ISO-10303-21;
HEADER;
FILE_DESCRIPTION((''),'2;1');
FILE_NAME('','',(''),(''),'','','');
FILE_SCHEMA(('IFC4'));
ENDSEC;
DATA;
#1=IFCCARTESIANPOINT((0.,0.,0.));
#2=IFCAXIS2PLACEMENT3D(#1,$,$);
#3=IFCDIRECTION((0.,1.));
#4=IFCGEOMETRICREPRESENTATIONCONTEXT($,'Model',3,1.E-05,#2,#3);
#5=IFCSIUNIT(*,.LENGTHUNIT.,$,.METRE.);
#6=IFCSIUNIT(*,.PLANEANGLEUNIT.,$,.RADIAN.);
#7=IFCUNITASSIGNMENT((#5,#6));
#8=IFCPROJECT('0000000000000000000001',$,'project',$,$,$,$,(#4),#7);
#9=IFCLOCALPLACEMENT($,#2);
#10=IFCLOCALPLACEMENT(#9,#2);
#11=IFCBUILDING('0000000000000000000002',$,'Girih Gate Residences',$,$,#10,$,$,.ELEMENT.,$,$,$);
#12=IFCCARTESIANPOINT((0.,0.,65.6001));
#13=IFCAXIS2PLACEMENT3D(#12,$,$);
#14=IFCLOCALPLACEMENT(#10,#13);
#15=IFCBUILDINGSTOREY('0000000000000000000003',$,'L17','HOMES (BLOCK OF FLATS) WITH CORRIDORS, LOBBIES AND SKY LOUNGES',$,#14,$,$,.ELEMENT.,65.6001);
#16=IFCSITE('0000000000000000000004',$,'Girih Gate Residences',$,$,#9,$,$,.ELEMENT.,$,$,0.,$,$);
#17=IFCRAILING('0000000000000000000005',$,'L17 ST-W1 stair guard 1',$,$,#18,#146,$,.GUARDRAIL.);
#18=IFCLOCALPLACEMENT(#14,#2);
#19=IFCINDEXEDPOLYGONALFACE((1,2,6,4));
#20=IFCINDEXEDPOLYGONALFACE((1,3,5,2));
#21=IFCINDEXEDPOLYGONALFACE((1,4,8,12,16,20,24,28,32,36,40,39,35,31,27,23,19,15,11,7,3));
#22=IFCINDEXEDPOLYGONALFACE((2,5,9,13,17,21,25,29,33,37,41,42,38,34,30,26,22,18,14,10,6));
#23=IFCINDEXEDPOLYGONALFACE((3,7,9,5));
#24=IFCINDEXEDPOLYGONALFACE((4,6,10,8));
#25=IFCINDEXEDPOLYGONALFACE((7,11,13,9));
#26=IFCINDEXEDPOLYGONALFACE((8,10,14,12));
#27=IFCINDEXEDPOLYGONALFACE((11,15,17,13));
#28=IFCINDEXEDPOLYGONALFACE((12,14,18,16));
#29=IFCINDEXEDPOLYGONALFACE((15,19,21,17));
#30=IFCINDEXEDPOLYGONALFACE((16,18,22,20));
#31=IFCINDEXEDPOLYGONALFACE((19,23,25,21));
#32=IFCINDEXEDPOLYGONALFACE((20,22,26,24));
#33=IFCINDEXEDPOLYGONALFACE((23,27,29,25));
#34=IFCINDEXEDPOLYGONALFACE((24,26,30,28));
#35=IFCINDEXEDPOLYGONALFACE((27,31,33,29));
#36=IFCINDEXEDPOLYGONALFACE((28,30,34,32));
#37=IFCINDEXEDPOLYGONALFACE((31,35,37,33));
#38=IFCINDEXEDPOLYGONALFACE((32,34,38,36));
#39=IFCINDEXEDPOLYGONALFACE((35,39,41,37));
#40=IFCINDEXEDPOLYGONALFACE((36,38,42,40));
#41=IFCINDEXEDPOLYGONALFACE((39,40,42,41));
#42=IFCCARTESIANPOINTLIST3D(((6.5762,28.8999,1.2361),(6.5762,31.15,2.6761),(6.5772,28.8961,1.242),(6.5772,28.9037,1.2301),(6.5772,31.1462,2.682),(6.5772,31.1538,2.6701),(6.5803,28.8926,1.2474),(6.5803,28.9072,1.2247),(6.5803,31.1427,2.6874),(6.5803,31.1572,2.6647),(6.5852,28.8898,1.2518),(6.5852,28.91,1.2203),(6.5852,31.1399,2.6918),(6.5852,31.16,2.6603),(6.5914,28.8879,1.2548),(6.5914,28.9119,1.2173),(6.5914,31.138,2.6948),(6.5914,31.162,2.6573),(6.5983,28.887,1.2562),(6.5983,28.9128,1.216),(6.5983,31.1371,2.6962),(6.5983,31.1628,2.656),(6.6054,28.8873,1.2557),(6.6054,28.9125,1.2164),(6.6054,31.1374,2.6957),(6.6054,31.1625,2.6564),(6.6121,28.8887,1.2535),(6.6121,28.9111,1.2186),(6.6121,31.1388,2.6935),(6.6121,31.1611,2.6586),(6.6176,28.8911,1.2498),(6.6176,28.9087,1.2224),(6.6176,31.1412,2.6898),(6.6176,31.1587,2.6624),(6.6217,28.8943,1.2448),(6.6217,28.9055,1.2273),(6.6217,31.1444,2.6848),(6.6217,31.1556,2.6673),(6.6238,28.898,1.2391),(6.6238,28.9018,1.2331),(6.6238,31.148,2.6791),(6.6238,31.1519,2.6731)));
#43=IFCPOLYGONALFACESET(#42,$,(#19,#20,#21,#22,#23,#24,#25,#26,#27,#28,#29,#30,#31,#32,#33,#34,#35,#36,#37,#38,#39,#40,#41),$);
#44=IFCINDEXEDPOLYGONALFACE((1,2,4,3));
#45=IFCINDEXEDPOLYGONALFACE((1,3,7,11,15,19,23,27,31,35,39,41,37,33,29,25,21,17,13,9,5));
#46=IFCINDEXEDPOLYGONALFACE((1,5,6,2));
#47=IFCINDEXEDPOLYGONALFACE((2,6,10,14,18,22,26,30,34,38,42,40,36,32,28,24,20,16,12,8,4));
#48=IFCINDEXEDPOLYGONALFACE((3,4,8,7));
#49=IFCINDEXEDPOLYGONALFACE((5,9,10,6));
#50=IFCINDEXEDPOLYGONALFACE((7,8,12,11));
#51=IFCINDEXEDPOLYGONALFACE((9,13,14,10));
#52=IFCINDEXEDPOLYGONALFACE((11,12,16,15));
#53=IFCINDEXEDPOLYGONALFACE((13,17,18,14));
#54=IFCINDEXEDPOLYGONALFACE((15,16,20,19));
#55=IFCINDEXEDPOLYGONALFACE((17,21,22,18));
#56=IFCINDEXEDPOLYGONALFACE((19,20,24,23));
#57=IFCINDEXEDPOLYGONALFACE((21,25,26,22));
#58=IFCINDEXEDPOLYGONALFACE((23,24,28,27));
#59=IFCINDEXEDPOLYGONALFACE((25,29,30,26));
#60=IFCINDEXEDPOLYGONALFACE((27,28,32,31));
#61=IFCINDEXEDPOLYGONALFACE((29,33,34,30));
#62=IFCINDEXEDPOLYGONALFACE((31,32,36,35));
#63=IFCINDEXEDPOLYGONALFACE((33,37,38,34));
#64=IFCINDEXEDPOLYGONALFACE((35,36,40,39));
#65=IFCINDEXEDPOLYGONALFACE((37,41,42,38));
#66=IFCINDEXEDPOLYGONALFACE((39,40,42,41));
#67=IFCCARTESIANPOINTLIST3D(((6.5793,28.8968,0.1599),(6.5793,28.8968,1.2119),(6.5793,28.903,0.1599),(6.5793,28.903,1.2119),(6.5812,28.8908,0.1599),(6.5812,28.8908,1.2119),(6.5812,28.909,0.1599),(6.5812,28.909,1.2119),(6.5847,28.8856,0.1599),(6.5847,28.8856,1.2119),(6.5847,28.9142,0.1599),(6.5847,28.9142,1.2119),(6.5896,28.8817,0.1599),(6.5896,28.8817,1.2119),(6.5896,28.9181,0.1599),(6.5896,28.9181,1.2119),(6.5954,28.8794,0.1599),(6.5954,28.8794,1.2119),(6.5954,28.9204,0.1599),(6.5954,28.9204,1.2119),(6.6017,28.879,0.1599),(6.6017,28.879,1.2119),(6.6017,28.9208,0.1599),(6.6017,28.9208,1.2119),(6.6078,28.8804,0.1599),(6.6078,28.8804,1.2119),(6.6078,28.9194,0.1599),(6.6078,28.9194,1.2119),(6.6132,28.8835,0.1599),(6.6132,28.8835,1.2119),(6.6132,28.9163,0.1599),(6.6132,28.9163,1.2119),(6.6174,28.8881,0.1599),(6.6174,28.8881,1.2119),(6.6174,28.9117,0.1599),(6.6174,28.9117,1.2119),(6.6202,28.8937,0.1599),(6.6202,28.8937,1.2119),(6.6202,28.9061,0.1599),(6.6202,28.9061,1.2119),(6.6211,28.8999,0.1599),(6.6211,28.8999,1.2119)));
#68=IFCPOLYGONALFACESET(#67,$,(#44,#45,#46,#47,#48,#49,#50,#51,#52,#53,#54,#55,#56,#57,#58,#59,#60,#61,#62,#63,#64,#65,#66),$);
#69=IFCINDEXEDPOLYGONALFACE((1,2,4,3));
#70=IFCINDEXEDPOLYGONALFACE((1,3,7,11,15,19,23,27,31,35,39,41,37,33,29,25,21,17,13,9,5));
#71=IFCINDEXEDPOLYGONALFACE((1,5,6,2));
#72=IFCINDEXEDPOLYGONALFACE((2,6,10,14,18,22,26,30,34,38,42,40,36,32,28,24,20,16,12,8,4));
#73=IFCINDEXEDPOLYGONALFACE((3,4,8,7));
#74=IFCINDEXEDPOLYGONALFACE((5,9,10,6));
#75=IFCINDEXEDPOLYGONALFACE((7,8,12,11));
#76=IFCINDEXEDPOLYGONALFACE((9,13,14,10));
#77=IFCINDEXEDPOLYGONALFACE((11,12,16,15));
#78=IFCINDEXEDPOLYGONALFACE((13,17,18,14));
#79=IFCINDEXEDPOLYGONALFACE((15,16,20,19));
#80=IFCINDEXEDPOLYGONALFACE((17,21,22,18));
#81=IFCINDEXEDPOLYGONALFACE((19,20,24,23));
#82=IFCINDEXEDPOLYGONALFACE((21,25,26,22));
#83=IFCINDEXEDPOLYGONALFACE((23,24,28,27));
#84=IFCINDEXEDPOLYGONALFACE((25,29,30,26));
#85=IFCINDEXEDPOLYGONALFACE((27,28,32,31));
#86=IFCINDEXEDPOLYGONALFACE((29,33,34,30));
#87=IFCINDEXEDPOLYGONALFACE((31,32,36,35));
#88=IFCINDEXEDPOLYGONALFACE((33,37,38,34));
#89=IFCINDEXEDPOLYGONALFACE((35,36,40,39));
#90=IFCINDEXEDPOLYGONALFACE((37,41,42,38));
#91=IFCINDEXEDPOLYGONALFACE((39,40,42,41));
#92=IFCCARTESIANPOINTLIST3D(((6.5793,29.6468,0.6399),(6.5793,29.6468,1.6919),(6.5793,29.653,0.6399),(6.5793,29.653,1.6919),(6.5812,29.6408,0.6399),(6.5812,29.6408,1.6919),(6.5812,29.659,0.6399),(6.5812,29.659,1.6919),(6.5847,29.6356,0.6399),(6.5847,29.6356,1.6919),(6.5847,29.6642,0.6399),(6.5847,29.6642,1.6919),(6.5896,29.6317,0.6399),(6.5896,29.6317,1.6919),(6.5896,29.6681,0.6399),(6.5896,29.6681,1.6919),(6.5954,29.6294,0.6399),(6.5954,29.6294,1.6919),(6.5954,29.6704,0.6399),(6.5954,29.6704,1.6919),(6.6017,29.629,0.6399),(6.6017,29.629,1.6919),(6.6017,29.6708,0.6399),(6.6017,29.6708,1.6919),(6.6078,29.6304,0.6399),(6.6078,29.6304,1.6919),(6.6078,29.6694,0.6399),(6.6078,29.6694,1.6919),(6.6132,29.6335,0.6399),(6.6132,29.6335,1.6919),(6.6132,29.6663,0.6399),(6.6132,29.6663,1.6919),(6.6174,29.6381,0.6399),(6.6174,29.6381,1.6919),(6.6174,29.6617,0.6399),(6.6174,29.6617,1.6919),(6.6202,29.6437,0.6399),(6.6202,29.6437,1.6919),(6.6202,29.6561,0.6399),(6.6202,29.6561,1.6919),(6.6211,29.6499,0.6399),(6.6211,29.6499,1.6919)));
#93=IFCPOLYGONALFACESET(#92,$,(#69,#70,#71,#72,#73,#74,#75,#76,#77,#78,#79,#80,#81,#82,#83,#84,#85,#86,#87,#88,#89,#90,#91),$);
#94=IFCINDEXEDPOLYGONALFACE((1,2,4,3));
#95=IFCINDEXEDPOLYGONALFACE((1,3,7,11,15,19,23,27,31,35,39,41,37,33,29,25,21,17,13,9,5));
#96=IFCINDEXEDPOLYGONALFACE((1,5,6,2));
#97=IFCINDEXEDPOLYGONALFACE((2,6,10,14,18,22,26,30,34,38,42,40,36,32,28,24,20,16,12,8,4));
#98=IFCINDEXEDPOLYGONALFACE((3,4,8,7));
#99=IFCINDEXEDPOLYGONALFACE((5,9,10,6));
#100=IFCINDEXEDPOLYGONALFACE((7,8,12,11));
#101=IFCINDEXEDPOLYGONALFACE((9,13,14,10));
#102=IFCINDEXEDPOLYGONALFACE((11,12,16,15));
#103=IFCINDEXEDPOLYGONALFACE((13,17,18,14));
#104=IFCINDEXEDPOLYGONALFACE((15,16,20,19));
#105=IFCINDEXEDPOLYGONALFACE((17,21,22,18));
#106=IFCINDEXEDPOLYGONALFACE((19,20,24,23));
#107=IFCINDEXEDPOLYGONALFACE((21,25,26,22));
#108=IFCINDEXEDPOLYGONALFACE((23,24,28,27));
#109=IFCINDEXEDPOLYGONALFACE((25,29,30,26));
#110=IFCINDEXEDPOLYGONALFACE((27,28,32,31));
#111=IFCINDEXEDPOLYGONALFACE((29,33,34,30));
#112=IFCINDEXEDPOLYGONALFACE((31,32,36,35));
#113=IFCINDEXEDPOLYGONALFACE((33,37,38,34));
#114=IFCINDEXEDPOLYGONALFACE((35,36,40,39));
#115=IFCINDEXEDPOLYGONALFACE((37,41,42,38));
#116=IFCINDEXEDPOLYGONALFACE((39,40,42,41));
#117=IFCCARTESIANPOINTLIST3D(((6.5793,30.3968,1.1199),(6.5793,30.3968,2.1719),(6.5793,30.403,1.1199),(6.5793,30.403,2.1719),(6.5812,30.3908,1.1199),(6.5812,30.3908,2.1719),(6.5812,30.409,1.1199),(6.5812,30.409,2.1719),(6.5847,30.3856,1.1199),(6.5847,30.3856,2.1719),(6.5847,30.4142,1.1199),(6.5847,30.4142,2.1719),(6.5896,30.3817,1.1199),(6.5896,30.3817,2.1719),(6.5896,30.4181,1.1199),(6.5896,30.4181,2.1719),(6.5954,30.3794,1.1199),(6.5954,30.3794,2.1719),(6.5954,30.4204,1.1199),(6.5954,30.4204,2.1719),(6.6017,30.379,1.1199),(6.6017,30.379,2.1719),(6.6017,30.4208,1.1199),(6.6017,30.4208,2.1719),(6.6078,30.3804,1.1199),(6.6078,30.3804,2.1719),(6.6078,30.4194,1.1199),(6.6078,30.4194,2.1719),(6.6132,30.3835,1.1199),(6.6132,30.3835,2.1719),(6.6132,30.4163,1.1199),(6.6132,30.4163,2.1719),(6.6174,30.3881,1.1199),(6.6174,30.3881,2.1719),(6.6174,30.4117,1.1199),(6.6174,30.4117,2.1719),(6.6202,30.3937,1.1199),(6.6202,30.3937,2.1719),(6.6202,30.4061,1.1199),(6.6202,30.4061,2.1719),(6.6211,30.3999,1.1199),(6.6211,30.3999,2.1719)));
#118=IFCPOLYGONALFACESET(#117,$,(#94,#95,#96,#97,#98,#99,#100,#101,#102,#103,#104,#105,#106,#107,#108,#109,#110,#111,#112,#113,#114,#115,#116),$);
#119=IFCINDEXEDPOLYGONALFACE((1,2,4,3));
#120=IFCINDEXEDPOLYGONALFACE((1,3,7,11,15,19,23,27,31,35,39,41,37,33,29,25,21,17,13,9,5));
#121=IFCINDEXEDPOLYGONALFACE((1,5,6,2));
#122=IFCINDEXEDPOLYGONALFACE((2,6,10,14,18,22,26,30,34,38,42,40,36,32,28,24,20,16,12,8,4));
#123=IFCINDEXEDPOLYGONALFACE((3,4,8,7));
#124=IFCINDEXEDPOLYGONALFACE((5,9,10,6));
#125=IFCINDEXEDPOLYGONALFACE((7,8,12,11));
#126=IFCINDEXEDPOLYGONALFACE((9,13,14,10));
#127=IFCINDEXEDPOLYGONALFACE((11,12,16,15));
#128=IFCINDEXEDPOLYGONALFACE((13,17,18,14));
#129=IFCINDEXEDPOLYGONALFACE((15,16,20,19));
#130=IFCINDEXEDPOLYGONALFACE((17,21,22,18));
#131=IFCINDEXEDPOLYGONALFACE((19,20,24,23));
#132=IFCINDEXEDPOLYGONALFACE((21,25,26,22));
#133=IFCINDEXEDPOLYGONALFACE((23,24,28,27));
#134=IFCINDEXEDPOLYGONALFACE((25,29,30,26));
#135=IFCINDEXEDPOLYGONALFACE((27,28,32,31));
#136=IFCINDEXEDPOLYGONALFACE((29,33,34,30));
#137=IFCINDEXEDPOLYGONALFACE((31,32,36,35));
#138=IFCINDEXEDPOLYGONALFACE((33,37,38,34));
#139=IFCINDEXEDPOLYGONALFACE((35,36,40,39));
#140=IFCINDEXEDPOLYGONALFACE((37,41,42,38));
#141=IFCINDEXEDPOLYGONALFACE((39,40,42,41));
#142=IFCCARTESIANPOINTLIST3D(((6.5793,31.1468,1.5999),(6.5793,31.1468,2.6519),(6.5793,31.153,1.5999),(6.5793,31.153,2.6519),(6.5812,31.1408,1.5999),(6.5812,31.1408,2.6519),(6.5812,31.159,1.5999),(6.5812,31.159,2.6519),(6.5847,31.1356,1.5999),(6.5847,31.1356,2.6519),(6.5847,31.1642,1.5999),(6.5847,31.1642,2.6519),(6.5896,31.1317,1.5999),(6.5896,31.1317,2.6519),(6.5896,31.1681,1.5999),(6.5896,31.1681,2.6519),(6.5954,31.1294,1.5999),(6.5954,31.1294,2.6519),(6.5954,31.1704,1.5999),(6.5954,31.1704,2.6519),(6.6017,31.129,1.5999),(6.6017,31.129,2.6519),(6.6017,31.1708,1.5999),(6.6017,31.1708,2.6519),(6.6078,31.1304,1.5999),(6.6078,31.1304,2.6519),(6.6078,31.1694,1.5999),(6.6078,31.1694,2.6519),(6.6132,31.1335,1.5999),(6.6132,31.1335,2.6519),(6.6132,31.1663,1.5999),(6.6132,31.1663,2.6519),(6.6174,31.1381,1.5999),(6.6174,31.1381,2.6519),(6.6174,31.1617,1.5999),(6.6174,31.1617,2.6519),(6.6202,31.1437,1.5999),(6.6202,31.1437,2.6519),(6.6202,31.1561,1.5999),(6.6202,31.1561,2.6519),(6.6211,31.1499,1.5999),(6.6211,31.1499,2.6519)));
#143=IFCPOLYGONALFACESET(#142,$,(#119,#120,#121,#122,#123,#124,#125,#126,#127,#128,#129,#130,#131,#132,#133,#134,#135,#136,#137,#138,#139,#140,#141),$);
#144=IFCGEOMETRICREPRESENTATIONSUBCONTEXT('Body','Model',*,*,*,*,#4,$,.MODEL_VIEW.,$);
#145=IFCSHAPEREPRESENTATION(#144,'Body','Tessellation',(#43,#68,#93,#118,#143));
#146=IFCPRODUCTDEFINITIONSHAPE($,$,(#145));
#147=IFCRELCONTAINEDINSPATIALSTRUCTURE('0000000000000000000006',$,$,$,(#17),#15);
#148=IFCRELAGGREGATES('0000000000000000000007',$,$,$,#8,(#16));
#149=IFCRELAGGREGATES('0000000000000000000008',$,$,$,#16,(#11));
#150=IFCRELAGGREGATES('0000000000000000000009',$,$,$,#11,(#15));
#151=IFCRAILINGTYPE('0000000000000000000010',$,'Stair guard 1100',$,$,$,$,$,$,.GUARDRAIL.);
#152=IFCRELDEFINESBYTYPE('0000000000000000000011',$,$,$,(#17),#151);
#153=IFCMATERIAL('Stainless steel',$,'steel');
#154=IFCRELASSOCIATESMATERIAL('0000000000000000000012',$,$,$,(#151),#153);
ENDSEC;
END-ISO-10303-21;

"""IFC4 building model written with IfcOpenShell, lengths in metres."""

from ifc_helpers import new_model, si_unit, direction, frame, origin, origin_2d, place, context, subcontext, project, spatial, circle, extrude, material, type_object, element, save


model = new_model("IFC4")

# Units and contexts
model_context = context("Model", 3, precision=1e-05, world=origin(), true_north=direction((0.0, 1.0)))
body_context = subcontext(model_context, "Body", "Model", "MODEL_VIEW")
ifc_project = project(units=[si_unit("LENGTHUNIT", "METRE"), si_unit("PLANEANGLEUNIT", "RADIAN")], contexts=[model_context])

# Site, building, storey
site_placement = place(None, origin())
site = spatial("IfcSite", under=ifc_project, at=site_placement, Name="Girih Gate Residences", CompositionType="ELEMENT", RefElevation=0.0)
building_placement = place(site_placement, origin())
building = spatial("IfcBuilding", under=site, at=building_placement, Name="Girih Gate Residences", CompositionType="ELEMENT")
storey_placement = place(building_placement, frame((0.0, 0.0, 65.6001)))
storey = spatial("IfcBuildingStorey", under=building, at=storey_placement, Name="L17", Description="HOMES (BLOCK OF FLATS) WITH CORRIDORS, LOBBIES AND SKY LOUNGES", CompositionType="ELEMENT", Elevation=65.6001)

# Railing
ifc_material_1 = material(Name="Stainless steel", Category="steel")
railing_type_1 = type_object("IfcRailingType", Name="Stair guard 1100", PredefinedType="GUARDRAIL", material=ifc_material_1)
railing_1_placement = place(storey_placement, frame((6.6001, 28.8999, 0.1599)))
element("IfcRailing", 1, at=railing_1_placement, inside=storey, type_object=railing_type_1, Name="L17 ST-W1 stair guard 1", PredefinedType="GUARDRAIL", context=body_context, shape_type="SweptSolid", body=[
    extrude(circle(Radius=0.0239, at=origin_2d()), frame((0.0, 0.0, 1.0762), z_axis=(0.0, 0.842281, 0.539038), x_axis=(-1.0, 0.0, 0.0)), (0.0, 0.0, 1.0), 2.6714),
    extrude(circle(Radius=0.021, at=origin_2d()), origin(), (0.0, 0.0, 1.0), 1.052),
    extrude(circle(Radius=0.021, at=origin_2d()), frame((0.0, 0.75, 0.48)), (0.0, 0.0, 1.0), 1.052),
    extrude(circle(Radius=0.021, at=origin_2d()), frame((0.0, 1.5, 0.96)), (0.0, 0.0, 1.0), 1.052),
    extrude(circle(Radius=0.021, at=origin_2d()), frame((0.0, 2.25, 1.4399)), (0.0, 0.0, 1.0), 1.052),
])

save(model, "model.ifc")
